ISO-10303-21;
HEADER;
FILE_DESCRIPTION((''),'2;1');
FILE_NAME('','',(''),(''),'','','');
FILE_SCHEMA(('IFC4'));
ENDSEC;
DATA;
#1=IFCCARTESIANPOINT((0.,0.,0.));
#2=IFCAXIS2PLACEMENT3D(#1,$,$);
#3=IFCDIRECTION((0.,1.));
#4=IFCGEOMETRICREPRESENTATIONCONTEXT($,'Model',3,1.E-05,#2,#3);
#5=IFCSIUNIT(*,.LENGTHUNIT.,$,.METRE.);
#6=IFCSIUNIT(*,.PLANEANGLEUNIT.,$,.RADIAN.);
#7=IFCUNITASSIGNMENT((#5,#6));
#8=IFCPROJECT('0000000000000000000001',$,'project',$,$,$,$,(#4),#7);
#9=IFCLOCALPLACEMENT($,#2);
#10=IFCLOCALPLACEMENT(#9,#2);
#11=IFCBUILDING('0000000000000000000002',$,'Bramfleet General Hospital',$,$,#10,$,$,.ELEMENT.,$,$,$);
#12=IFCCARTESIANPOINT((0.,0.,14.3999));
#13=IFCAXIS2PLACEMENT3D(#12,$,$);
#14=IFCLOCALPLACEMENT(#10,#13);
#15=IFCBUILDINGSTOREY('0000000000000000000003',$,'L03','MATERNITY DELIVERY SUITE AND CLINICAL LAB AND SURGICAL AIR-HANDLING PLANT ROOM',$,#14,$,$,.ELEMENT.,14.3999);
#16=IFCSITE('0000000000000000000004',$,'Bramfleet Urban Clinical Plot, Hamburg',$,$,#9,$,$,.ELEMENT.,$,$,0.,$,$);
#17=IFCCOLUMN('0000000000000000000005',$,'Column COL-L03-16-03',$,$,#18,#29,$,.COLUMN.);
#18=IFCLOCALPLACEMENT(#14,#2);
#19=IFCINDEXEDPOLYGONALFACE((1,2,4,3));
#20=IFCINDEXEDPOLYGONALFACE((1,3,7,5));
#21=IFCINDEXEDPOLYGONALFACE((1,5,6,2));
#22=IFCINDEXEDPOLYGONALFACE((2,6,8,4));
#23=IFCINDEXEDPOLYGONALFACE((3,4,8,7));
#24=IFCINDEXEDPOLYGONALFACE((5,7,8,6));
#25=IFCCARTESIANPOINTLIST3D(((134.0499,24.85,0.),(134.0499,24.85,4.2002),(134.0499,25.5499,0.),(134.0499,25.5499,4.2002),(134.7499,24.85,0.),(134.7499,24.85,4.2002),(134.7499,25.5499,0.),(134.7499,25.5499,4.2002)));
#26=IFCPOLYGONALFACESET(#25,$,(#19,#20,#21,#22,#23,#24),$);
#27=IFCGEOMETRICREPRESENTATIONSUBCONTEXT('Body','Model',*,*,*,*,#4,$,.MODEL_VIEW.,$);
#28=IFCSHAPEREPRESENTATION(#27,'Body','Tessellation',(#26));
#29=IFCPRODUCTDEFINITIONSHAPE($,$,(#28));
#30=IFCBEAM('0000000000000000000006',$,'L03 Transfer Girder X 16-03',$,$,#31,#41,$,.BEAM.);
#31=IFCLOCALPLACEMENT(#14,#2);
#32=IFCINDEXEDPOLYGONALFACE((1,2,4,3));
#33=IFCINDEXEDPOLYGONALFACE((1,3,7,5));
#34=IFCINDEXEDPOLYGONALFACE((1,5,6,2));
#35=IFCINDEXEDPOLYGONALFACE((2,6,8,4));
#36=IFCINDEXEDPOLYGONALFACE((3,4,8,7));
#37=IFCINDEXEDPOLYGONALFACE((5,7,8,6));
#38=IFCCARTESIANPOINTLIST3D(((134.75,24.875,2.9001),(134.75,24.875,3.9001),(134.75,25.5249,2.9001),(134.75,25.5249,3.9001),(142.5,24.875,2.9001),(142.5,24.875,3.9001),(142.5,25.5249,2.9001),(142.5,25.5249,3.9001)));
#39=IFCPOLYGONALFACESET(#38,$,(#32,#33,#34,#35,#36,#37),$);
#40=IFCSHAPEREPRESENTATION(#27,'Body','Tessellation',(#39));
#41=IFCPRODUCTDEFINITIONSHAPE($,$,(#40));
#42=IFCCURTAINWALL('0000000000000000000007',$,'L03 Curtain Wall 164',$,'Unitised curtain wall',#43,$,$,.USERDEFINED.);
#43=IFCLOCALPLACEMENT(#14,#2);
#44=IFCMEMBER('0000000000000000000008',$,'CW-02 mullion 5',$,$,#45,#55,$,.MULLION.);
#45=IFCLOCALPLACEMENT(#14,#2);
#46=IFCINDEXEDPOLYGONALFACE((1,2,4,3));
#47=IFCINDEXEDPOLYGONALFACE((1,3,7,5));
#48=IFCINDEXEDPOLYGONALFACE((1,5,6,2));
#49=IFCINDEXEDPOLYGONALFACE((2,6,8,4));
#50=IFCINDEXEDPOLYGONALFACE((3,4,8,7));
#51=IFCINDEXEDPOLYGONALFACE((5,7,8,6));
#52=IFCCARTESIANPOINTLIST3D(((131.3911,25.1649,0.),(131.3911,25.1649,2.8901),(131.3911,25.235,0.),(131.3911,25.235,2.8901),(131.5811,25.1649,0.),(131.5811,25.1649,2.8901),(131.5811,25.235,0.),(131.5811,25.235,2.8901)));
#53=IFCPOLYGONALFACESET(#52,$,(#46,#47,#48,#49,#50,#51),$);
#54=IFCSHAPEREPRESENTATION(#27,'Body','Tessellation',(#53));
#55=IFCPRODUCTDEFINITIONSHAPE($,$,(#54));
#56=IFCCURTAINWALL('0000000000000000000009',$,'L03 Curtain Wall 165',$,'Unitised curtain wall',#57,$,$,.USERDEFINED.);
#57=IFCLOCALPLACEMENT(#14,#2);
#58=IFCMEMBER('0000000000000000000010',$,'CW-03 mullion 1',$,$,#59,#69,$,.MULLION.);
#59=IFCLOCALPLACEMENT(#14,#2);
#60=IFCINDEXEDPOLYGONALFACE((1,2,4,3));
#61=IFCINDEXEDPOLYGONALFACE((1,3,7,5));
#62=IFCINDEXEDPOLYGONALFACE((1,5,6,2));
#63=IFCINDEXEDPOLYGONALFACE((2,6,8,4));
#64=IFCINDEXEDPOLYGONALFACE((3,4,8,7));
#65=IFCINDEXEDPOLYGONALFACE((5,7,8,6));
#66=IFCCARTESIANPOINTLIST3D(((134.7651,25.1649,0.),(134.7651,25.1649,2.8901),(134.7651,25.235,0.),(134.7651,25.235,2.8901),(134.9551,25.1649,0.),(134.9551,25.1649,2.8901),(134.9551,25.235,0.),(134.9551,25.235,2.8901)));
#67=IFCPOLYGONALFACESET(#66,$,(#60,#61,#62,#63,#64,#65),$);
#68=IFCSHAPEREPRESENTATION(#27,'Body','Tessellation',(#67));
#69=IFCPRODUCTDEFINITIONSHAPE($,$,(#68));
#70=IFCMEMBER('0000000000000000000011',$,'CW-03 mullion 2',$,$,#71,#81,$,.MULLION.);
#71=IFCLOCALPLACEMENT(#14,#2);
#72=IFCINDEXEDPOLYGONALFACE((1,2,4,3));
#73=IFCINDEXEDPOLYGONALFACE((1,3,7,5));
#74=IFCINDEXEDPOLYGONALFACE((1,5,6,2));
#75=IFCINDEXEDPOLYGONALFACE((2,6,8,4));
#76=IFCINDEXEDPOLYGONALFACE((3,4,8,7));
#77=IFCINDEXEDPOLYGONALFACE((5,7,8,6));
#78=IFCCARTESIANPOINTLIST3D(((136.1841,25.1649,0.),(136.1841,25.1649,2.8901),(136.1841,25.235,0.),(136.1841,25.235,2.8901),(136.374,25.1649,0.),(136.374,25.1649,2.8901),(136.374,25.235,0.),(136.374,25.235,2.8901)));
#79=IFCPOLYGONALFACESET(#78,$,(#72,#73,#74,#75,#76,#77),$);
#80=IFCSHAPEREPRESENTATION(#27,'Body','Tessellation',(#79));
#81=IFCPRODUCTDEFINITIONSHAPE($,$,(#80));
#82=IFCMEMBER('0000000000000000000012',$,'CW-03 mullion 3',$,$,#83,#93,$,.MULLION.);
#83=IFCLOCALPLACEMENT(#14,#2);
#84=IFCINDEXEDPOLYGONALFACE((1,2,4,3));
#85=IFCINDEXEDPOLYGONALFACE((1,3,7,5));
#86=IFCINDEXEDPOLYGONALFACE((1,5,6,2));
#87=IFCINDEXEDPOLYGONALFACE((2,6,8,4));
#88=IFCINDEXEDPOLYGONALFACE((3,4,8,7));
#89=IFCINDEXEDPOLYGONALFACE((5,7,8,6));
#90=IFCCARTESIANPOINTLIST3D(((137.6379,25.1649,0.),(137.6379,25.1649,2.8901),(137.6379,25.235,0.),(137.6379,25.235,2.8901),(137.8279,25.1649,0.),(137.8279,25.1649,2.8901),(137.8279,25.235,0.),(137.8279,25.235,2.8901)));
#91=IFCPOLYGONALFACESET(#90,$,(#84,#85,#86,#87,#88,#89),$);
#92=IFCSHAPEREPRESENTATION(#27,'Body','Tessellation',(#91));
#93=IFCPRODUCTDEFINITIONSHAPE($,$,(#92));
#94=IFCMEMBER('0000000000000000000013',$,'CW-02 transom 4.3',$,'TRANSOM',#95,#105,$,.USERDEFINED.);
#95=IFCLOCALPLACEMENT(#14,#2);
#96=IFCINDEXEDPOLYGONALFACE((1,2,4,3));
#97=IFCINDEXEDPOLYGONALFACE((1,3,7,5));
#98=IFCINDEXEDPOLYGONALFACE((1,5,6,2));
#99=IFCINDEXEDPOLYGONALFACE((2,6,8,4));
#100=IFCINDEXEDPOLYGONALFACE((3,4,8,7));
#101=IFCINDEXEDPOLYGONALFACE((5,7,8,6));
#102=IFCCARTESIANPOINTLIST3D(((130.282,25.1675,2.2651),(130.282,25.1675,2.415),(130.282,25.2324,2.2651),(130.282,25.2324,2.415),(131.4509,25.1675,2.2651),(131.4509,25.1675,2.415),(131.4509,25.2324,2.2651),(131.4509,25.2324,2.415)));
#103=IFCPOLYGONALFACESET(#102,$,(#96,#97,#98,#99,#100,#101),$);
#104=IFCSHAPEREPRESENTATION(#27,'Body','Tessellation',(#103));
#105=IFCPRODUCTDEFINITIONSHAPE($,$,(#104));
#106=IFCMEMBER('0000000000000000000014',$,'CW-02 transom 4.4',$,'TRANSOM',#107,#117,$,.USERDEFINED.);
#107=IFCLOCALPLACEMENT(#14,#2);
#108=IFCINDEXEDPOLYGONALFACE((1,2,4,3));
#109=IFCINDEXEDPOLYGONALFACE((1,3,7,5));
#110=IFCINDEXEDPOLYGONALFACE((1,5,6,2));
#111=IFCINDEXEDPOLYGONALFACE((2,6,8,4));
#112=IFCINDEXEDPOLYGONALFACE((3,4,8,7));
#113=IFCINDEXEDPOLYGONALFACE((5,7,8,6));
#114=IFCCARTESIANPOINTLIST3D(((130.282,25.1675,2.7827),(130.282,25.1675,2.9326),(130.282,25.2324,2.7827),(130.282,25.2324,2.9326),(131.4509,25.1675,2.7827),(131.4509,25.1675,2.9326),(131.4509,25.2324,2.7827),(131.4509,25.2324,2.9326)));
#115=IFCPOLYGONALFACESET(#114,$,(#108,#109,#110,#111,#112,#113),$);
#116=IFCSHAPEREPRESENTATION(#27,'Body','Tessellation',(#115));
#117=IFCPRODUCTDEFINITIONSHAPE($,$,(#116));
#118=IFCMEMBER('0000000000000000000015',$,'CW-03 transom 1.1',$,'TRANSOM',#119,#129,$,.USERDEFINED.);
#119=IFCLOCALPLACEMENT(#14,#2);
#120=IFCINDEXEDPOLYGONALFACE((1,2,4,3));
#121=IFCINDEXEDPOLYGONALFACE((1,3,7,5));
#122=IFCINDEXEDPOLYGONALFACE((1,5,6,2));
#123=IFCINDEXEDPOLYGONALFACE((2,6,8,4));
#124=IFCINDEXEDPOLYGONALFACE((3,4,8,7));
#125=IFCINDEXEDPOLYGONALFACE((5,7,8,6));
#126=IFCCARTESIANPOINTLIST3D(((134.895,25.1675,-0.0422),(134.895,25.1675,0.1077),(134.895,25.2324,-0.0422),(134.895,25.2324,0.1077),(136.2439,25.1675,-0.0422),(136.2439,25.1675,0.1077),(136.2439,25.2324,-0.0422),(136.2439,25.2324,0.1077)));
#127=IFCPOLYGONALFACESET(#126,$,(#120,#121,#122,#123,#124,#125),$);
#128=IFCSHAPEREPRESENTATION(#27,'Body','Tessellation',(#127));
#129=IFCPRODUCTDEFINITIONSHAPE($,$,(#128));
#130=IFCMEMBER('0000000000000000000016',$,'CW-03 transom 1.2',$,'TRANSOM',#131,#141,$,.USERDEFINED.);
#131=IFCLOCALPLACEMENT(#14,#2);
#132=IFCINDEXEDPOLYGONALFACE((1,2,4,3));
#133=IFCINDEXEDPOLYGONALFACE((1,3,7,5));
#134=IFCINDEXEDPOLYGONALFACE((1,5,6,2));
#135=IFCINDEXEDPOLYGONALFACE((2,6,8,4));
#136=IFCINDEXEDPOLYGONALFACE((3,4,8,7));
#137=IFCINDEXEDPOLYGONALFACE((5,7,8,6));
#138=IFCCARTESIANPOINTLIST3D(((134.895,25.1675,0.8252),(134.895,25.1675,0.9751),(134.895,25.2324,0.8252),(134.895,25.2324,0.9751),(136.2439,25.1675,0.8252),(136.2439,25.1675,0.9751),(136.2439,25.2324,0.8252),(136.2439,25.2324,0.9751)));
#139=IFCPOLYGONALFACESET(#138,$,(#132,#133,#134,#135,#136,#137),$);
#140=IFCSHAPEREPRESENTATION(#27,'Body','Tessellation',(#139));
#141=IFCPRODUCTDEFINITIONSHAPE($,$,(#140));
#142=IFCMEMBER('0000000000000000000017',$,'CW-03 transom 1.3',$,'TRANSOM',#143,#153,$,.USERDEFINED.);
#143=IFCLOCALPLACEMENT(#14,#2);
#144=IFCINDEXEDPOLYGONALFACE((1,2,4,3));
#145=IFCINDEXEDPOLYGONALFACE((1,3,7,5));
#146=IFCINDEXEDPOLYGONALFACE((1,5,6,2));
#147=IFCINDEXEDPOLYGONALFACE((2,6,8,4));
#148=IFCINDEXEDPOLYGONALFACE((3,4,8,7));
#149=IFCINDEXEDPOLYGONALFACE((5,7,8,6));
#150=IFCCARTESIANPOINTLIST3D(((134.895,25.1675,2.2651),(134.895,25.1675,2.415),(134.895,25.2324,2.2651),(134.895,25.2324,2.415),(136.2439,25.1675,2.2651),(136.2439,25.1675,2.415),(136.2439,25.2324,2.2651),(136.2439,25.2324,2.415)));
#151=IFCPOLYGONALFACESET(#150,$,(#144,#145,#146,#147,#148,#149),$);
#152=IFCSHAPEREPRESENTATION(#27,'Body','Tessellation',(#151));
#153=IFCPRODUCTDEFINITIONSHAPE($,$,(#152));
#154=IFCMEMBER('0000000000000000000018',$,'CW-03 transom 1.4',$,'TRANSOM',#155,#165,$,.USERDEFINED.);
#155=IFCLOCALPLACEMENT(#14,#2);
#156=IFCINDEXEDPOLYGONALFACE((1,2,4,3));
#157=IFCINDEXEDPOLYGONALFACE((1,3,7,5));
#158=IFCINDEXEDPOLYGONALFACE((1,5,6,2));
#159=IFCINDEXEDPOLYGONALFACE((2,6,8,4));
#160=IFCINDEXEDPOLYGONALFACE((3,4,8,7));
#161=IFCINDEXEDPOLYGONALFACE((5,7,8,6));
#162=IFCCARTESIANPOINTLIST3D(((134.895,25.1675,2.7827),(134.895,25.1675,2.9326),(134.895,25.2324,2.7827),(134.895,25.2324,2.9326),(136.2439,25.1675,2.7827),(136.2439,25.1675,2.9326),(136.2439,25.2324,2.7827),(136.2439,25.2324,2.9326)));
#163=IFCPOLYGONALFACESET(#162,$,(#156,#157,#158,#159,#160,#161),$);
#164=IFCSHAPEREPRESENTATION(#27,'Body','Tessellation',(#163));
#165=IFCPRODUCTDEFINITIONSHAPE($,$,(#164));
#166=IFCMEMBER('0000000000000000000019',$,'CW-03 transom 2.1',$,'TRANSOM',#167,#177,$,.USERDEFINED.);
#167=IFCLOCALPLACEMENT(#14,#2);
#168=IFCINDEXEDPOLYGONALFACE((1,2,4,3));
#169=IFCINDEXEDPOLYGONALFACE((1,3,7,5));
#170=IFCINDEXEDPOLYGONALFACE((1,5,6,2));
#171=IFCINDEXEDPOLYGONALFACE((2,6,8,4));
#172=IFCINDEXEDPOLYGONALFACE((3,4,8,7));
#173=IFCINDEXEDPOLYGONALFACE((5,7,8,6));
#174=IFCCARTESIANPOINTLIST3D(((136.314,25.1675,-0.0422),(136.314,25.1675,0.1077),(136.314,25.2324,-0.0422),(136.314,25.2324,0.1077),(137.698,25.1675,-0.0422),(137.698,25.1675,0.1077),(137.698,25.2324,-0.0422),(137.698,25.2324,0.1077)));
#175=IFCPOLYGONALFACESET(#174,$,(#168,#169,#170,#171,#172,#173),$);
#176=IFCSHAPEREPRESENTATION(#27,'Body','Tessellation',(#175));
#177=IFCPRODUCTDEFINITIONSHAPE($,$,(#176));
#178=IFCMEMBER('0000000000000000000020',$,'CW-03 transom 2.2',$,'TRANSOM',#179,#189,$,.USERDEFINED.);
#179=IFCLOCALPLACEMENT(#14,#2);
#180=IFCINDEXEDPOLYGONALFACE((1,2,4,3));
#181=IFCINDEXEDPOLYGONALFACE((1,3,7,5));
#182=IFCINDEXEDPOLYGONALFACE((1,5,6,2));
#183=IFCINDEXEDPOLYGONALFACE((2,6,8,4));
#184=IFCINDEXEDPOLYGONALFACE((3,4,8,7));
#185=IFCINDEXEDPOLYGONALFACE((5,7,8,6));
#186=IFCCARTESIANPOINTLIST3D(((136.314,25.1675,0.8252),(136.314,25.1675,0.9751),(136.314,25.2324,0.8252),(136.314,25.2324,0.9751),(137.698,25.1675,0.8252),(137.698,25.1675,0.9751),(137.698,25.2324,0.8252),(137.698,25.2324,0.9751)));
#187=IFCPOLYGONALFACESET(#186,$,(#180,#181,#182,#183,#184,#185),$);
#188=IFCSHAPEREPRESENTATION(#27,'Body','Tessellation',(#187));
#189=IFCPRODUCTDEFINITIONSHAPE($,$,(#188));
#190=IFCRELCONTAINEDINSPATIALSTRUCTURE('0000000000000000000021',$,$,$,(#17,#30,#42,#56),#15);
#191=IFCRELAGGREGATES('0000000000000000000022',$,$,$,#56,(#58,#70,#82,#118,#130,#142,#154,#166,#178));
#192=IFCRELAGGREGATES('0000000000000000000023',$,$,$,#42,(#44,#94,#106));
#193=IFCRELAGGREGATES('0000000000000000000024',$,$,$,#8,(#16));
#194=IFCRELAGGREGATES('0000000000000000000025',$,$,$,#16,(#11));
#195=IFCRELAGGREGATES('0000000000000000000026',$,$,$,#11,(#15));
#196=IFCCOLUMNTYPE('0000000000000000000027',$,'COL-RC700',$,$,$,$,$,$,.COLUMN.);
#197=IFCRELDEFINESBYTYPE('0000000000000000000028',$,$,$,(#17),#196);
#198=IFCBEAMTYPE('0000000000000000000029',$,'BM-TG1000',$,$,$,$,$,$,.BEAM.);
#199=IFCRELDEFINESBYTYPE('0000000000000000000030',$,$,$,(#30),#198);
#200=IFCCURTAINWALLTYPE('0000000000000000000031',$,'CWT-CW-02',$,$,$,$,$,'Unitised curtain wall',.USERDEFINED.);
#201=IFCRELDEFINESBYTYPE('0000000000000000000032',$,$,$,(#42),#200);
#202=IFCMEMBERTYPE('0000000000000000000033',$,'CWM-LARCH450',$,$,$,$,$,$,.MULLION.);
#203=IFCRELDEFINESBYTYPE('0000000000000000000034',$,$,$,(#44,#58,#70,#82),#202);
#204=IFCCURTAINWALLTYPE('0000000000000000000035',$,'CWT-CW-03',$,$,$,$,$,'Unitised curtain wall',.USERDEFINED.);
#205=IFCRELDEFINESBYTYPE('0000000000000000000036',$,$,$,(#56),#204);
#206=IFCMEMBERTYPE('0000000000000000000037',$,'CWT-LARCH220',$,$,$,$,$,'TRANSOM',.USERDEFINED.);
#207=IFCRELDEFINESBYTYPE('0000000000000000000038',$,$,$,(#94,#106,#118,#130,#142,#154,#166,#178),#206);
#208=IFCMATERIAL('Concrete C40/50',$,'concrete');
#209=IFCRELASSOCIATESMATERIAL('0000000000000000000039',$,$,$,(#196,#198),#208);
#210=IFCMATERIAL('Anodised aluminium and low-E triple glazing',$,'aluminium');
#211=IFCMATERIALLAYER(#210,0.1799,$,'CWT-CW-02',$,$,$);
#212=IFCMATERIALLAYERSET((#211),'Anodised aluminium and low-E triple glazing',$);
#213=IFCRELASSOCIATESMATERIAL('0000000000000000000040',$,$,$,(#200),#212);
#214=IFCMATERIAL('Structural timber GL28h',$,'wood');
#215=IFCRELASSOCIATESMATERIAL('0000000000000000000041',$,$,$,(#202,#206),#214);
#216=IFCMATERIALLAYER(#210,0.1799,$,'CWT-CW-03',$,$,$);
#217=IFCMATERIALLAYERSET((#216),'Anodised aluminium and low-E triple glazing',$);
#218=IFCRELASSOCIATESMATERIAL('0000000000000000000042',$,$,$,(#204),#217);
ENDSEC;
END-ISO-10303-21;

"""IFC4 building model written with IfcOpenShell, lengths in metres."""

from ifc_helpers import new_model, si_unit, direction, frame, origin, origin_2d, place, context, subcontext, project, spatial, rectangle, extrude, material, layer, layer_set, material_profile, profile_set, type_object, element, aggregate, save


model = new_model("IFC4")

# Units and contexts
model_context = context("Model", 3, precision=1e-05, world=origin(), true_north=direction((0.0, 1.0)))
body_context = subcontext(model_context, "Body", "Model", "MODEL_VIEW")
ifc_project = project(units=[si_unit("LENGTHUNIT", "METRE"), si_unit("PLANEANGLEUNIT", "RADIAN")], contexts=[model_context])

# Site, building, storey
site_placement = place(None, origin())
site = spatial("IfcSite", under=ifc_project, at=site_placement, Name="Bramfleet Urban Clinical Plot, Hamburg", CompositionType="ELEMENT", RefElevation=0.0)
building_placement = place(site_placement, origin())
building = spatial("IfcBuilding", under=site, at=building_placement, Name="Bramfleet General Hospital", CompositionType="ELEMENT")
storey_placement = place(building_placement, frame((0.0, 0.0, 14.3999)))
storey = spatial("IfcBuildingStorey", under=building, at=storey_placement, Name="L03", Description="MATERNITY DELIVERY SUITE AND CLINICAL LAB AND SURGICAL AIR-HANDLING PLANT ROOM", CompositionType="ELEMENT", Elevation=14.3999)

# Column
ifc_material_1 = material(Name="Concrete C40/50", Category="concrete")
ifc_material_profile_1 = material_profile(ifc_material_1, rectangle(XDim=0.7, YDim=0.7, at=origin_2d()), Name="RC COL 700x700")
ifc_profile_set_1 = profile_set([ifc_material_profile_1], Name="Concrete C40/50")
column_type = type_object("IfcColumnType", Name="COL-RC700", PredefinedType="COLUMN", material=ifc_profile_set_1)
column_placement = place(storey_placement, frame((134.3999, 25.2, 0.0), z_axis=(0.0, 0.0, 1.0), x_axis=(1.0, 0.0, 0.0)))
element("IfcColumn", 1, at=column_placement, inside=storey, type_object=column_type, Name="Column COL-L03-16-03", PredefinedType="COLUMN", context=body_context, shape_type="SweptSolid", body=[
    extrude(rectangle(XDim=0.7, YDim=0.7, at=origin_2d()), origin(), (0.0, 0.0, 1.0), 4.2002),
])

# Beam
ifc_material_profile_2 = material_profile(ifc_material_1, rectangle(XDim=0.6499, YDim=1.0, at=origin_2d()), Name="RC TG 1000x650")
ifc_profile_set_2 = profile_set([ifc_material_profile_2], Name="Concrete C40/50")
beam_type = type_object("IfcBeamType", Name="BM-TG1000", PredefinedType="BEAM", material=ifc_profile_set_2)
beam_placement = place(storey_placement, frame((134.75, 25.2, 3.4001), z_axis=(1.0, 0.0, 0.0), x_axis=(0.0, 1.0, 0.0)))
element("IfcBeam", 2, at=beam_placement, inside=storey, type_object=beam_type, Name="L03 Transfer Girder X 16-03", PredefinedType="BEAM", context=body_context, shape_type="SweptSolid", body=[
    extrude(rectangle(XDim=0.6499, YDim=1.0, at=origin_2d()), origin(), (0.0, 0.0, 1.0), 7.75),
])

# Curtain wall, member
ifc_material_2 = material(Name="Anodised aluminium and low-E triple glazing", Category="aluminium")
ifc_layer_1 = layer(ifc_material_2, 0.1799, Name="CWT-CW-02")
ifc_layer_set_1 = layer_set([ifc_layer_1], Name="Anodised aluminium and low-E triple glazing")
curtain_wall_type_1 = type_object("IfcCurtainWallType", Name="CWT-CW-02", ElementType="Unitised curtain wall", PredefinedType="USERDEFINED", material=ifc_layer_set_1)
curtain_wall_1_placement = place(storey_placement, origin())
curtain_wall_1 = element("IfcCurtainWall", 3, at=curtain_wall_1_placement, inside=storey, type_object=curtain_wall_type_1, Name="L03 Curtain Wall 164", ObjectType="Unitised curtain wall", PredefinedType="USERDEFINED")
ifc_material_3 = material(Name="Structural timber GL28h", Category="wood")
ifc_material_profile_3 = material_profile(ifc_material_3, rectangle(XDim=0.0701, YDim=0.1899, at=origin_2d()), Name="LARCH 190x70")
ifc_profile_set_3 = profile_set([ifc_material_profile_3], Name="Structural timber GL28h")
member_type_1 = type_object("IfcMemberType", Name="CWM-LARCH450", PredefinedType="MULLION", material=ifc_profile_set_3)
member_1_placement = place(storey_placement, frame((131.4861, 25.2, 0.0), z_axis=(0.0, 0.0, 1.0), x_axis=(0.0, 1.0, 0.0)))
member_1 = element("IfcMember", 4, at=member_1_placement, type_object=member_type_1, Name="CW-02 mullion 5", PredefinedType="MULLION", context=body_context, shape_type="SweptSolid", body=[
    extrude(rectangle(XDim=0.0701, YDim=0.1899, at=origin_2d()), origin(), (0.0, 0.0, 1.0), 2.8901),
])

# Curtain wall, members
ifc_layer_2 = layer(ifc_material_2, 0.1799, Name="CWT-CW-03")
ifc_layer_set_2 = layer_set([ifc_layer_2], Name="Anodised aluminium and low-E triple glazing")
curtain_wall_type_2 = type_object("IfcCurtainWallType", Name="CWT-CW-03", ElementType="Unitised curtain wall", PredefinedType="USERDEFINED", material=ifc_layer_set_2)
curtain_wall_2_placement = place(storey_placement, origin())
curtain_wall_2 = element("IfcCurtainWall", 5, at=curtain_wall_2_placement, inside=storey, type_object=curtain_wall_type_2, Name="L03 Curtain Wall 165", ObjectType="Unitised curtain wall", PredefinedType="USERDEFINED")
member_2_placement = place(storey_placement, frame((134.8601, 25.2, 0.0), z_axis=(0.0, 0.0, 1.0), x_axis=(0.0, 1.0, 0.0)))
member_2 = element("IfcMember", 6, at=member_2_placement, type_object=member_type_1, Name="CW-03 mullion 1", PredefinedType="MULLION", context=body_context, shape_type="SweptSolid", body=[
    extrude(rectangle(XDim=0.0701, YDim=0.1899, at=origin_2d()), origin(), (0.0, 0.0, 1.0), 2.8901),
])
member_3_placement = place(storey_placement, frame((136.2791, 25.2, 0.0), z_axis=(0.0, 0.0, 1.0), x_axis=(0.0, 1.0, 0.0)))
member_3 = element("IfcMember", 7, at=member_3_placement, type_object=member_type_1, Name="CW-03 mullion 2", PredefinedType="MULLION", context=body_context, shape_type="SweptSolid", body=[
    extrude(rectangle(XDim=0.0701, YDim=0.1899, at=origin_2d()), origin(), (0.0, 0.0, 1.0), 2.8901),
])
member_4_placement = place(storey_placement, frame((137.7329, 25.2, 0.0), z_axis=(0.0, 0.0, 1.0), x_axis=(0.0, 1.0, 0.0)))
member_4 = element("IfcMember", 8, at=member_4_placement, type_object=member_type_1, Name="CW-03 mullion 3", PredefinedType="MULLION", context=body_context, shape_type="SweptSolid", body=[
    extrude(rectangle(XDim=0.0701, YDim=0.1899, at=origin_2d()), origin(), (0.0, 0.0, 1.0), 2.8901),
])

# Members
ifc_material_profile_4 = material_profile(ifc_material_3, rectangle(XDim=0.0649, YDim=0.1499, at=origin_2d()), Name="LARCH 150x65")
ifc_profile_set_4 = profile_set([ifc_material_profile_4], Name="Structural timber GL28h")
member_type_2 = type_object("IfcMemberType", Name="CWT-LARCH220", ElementType="TRANSOM", PredefinedType="USERDEFINED", material=ifc_profile_set_4)
member_5_placement = place(storey_placement, frame((130.282, 25.2, 2.3401), z_axis=(1.0, 0.0, 0.0), x_axis=(0.0, 1.0, 0.0)))
member_5 = element("IfcMember", 9, at=member_5_placement, type_object=member_type_2, Name="CW-02 transom 4.3", ObjectType="TRANSOM", PredefinedType="USERDEFINED", context=body_context, shape_type="SweptSolid", body=[
    extrude(rectangle(XDim=0.0649, YDim=0.1499, at=origin_2d()), origin(), (0.0, 0.0, 1.0), 1.1689),
])
member_6_placement = place(storey_placement, frame((130.282, 25.2, 2.8577), z_axis=(1.0, 0.0, 0.0), x_axis=(0.0, 1.0, 0.0)))
member_6 = element("IfcMember", 10, at=member_6_placement, type_object=member_type_2, Name="CW-02 transom 4.4", ObjectType="TRANSOM", PredefinedType="USERDEFINED", context=body_context, shape_type="SweptSolid", body=[
    extrude(rectangle(XDim=0.0649, YDim=0.1499, at=origin_2d()), origin(), (0.0, 0.0, 1.0), 1.1689),
])
member_7_placement = place(storey_placement, frame((134.895, 25.2, 0.0327), z_axis=(1.0, 0.0, 0.0), x_axis=(0.0, 1.0, 0.0)))
member_7 = element("IfcMember", 11, at=member_7_placement, type_object=member_type_2, Name="CW-03 transom 1.1", ObjectType="TRANSOM", PredefinedType="USERDEFINED", context=body_context, shape_type="SweptSolid", body=[
    extrude(rectangle(XDim=0.0649, YDim=0.1499, at=origin_2d()), origin(), (0.0, 0.0, 1.0), 1.3489),
])
member_8_placement = place(storey_placement, frame((134.895, 25.2, 0.9001), z_axis=(1.0, 0.0, 0.0), x_axis=(0.0, 1.0, 0.0)))
member_8 = element("IfcMember", 12, at=member_8_placement, type_object=member_type_2, Name="CW-03 transom 1.2", ObjectType="TRANSOM", PredefinedType="USERDEFINED", context=body_context, shape_type="SweptSolid", body=[
    extrude(rectangle(XDim=0.0649, YDim=0.1499, at=origin_2d()), origin(), (0.0, 0.0, 1.0), 1.3489),
])
member_9_placement = place(storey_placement, frame((134.895, 25.2, 2.3401), z_axis=(1.0, 0.0, 0.0), x_axis=(0.0, 1.0, 0.0)))
member_9 = element("IfcMember", 13, at=member_9_placement, type_object=member_type_2, Name="CW-03 transom 1.3", ObjectType="TRANSOM", PredefinedType="USERDEFINED", context=body_context, shape_type="SweptSolid", body=[
    extrude(rectangle(XDim=0.0649, YDim=0.1499, at=origin_2d()), origin(), (0.0, 0.0, 1.0), 1.3489),
])
member_10_placement = place(storey_placement, frame((134.895, 25.2, 2.8577), z_axis=(1.0, 0.0, 0.0), x_axis=(0.0, 1.0, 0.0)))
member_10 = element("IfcMember", 14, at=member_10_placement, type_object=member_type_2, Name="CW-03 transom 1.4", ObjectType="TRANSOM", PredefinedType="USERDEFINED", context=body_context, shape_type="SweptSolid", body=[
    extrude(rectangle(XDim=0.0649, YDim=0.1499, at=origin_2d()), origin(), (0.0, 0.0, 1.0), 1.3489),
])
member_11_placement = place(storey_placement, frame((136.314, 25.2, 0.0327), z_axis=(1.0, 0.0, 0.0), x_axis=(0.0, 1.0, 0.0)))
member_11 = element("IfcMember", 15, at=member_11_placement, type_object=member_type_2, Name="CW-03 transom 2.1", ObjectType="TRANSOM", PredefinedType="USERDEFINED", context=body_context, shape_type="SweptSolid", body=[
    extrude(rectangle(XDim=0.0649, YDim=0.1499, at=origin_2d()), origin(), (0.0, 0.0, 1.0), 1.384),
])
member_12_placement = place(storey_placement, frame((136.314, 25.2, 0.9001), z_axis=(1.0, 0.0, 0.0), x_axis=(0.0, 1.0, 0.0)))
member_12 = element("IfcMember", 16, at=member_12_placement, type_object=member_type_2, Name="CW-03 transom 2.2", ObjectType="TRANSOM", PredefinedType="USERDEFINED", context=body_context, shape_type="SweptSolid", body=[
    extrude(rectangle(XDim=0.0649, YDim=0.1499, at=origin_2d()), origin(), (0.0, 0.0, 1.0), 1.384),
])

aggregate(curtain_wall_2, [member_2, member_3, member_4, member_7, member_8, member_9, member_10, member_11, member_12])
aggregate(curtain_wall_1, [member_1, member_5, member_6])

save(model, "model.ifc")
